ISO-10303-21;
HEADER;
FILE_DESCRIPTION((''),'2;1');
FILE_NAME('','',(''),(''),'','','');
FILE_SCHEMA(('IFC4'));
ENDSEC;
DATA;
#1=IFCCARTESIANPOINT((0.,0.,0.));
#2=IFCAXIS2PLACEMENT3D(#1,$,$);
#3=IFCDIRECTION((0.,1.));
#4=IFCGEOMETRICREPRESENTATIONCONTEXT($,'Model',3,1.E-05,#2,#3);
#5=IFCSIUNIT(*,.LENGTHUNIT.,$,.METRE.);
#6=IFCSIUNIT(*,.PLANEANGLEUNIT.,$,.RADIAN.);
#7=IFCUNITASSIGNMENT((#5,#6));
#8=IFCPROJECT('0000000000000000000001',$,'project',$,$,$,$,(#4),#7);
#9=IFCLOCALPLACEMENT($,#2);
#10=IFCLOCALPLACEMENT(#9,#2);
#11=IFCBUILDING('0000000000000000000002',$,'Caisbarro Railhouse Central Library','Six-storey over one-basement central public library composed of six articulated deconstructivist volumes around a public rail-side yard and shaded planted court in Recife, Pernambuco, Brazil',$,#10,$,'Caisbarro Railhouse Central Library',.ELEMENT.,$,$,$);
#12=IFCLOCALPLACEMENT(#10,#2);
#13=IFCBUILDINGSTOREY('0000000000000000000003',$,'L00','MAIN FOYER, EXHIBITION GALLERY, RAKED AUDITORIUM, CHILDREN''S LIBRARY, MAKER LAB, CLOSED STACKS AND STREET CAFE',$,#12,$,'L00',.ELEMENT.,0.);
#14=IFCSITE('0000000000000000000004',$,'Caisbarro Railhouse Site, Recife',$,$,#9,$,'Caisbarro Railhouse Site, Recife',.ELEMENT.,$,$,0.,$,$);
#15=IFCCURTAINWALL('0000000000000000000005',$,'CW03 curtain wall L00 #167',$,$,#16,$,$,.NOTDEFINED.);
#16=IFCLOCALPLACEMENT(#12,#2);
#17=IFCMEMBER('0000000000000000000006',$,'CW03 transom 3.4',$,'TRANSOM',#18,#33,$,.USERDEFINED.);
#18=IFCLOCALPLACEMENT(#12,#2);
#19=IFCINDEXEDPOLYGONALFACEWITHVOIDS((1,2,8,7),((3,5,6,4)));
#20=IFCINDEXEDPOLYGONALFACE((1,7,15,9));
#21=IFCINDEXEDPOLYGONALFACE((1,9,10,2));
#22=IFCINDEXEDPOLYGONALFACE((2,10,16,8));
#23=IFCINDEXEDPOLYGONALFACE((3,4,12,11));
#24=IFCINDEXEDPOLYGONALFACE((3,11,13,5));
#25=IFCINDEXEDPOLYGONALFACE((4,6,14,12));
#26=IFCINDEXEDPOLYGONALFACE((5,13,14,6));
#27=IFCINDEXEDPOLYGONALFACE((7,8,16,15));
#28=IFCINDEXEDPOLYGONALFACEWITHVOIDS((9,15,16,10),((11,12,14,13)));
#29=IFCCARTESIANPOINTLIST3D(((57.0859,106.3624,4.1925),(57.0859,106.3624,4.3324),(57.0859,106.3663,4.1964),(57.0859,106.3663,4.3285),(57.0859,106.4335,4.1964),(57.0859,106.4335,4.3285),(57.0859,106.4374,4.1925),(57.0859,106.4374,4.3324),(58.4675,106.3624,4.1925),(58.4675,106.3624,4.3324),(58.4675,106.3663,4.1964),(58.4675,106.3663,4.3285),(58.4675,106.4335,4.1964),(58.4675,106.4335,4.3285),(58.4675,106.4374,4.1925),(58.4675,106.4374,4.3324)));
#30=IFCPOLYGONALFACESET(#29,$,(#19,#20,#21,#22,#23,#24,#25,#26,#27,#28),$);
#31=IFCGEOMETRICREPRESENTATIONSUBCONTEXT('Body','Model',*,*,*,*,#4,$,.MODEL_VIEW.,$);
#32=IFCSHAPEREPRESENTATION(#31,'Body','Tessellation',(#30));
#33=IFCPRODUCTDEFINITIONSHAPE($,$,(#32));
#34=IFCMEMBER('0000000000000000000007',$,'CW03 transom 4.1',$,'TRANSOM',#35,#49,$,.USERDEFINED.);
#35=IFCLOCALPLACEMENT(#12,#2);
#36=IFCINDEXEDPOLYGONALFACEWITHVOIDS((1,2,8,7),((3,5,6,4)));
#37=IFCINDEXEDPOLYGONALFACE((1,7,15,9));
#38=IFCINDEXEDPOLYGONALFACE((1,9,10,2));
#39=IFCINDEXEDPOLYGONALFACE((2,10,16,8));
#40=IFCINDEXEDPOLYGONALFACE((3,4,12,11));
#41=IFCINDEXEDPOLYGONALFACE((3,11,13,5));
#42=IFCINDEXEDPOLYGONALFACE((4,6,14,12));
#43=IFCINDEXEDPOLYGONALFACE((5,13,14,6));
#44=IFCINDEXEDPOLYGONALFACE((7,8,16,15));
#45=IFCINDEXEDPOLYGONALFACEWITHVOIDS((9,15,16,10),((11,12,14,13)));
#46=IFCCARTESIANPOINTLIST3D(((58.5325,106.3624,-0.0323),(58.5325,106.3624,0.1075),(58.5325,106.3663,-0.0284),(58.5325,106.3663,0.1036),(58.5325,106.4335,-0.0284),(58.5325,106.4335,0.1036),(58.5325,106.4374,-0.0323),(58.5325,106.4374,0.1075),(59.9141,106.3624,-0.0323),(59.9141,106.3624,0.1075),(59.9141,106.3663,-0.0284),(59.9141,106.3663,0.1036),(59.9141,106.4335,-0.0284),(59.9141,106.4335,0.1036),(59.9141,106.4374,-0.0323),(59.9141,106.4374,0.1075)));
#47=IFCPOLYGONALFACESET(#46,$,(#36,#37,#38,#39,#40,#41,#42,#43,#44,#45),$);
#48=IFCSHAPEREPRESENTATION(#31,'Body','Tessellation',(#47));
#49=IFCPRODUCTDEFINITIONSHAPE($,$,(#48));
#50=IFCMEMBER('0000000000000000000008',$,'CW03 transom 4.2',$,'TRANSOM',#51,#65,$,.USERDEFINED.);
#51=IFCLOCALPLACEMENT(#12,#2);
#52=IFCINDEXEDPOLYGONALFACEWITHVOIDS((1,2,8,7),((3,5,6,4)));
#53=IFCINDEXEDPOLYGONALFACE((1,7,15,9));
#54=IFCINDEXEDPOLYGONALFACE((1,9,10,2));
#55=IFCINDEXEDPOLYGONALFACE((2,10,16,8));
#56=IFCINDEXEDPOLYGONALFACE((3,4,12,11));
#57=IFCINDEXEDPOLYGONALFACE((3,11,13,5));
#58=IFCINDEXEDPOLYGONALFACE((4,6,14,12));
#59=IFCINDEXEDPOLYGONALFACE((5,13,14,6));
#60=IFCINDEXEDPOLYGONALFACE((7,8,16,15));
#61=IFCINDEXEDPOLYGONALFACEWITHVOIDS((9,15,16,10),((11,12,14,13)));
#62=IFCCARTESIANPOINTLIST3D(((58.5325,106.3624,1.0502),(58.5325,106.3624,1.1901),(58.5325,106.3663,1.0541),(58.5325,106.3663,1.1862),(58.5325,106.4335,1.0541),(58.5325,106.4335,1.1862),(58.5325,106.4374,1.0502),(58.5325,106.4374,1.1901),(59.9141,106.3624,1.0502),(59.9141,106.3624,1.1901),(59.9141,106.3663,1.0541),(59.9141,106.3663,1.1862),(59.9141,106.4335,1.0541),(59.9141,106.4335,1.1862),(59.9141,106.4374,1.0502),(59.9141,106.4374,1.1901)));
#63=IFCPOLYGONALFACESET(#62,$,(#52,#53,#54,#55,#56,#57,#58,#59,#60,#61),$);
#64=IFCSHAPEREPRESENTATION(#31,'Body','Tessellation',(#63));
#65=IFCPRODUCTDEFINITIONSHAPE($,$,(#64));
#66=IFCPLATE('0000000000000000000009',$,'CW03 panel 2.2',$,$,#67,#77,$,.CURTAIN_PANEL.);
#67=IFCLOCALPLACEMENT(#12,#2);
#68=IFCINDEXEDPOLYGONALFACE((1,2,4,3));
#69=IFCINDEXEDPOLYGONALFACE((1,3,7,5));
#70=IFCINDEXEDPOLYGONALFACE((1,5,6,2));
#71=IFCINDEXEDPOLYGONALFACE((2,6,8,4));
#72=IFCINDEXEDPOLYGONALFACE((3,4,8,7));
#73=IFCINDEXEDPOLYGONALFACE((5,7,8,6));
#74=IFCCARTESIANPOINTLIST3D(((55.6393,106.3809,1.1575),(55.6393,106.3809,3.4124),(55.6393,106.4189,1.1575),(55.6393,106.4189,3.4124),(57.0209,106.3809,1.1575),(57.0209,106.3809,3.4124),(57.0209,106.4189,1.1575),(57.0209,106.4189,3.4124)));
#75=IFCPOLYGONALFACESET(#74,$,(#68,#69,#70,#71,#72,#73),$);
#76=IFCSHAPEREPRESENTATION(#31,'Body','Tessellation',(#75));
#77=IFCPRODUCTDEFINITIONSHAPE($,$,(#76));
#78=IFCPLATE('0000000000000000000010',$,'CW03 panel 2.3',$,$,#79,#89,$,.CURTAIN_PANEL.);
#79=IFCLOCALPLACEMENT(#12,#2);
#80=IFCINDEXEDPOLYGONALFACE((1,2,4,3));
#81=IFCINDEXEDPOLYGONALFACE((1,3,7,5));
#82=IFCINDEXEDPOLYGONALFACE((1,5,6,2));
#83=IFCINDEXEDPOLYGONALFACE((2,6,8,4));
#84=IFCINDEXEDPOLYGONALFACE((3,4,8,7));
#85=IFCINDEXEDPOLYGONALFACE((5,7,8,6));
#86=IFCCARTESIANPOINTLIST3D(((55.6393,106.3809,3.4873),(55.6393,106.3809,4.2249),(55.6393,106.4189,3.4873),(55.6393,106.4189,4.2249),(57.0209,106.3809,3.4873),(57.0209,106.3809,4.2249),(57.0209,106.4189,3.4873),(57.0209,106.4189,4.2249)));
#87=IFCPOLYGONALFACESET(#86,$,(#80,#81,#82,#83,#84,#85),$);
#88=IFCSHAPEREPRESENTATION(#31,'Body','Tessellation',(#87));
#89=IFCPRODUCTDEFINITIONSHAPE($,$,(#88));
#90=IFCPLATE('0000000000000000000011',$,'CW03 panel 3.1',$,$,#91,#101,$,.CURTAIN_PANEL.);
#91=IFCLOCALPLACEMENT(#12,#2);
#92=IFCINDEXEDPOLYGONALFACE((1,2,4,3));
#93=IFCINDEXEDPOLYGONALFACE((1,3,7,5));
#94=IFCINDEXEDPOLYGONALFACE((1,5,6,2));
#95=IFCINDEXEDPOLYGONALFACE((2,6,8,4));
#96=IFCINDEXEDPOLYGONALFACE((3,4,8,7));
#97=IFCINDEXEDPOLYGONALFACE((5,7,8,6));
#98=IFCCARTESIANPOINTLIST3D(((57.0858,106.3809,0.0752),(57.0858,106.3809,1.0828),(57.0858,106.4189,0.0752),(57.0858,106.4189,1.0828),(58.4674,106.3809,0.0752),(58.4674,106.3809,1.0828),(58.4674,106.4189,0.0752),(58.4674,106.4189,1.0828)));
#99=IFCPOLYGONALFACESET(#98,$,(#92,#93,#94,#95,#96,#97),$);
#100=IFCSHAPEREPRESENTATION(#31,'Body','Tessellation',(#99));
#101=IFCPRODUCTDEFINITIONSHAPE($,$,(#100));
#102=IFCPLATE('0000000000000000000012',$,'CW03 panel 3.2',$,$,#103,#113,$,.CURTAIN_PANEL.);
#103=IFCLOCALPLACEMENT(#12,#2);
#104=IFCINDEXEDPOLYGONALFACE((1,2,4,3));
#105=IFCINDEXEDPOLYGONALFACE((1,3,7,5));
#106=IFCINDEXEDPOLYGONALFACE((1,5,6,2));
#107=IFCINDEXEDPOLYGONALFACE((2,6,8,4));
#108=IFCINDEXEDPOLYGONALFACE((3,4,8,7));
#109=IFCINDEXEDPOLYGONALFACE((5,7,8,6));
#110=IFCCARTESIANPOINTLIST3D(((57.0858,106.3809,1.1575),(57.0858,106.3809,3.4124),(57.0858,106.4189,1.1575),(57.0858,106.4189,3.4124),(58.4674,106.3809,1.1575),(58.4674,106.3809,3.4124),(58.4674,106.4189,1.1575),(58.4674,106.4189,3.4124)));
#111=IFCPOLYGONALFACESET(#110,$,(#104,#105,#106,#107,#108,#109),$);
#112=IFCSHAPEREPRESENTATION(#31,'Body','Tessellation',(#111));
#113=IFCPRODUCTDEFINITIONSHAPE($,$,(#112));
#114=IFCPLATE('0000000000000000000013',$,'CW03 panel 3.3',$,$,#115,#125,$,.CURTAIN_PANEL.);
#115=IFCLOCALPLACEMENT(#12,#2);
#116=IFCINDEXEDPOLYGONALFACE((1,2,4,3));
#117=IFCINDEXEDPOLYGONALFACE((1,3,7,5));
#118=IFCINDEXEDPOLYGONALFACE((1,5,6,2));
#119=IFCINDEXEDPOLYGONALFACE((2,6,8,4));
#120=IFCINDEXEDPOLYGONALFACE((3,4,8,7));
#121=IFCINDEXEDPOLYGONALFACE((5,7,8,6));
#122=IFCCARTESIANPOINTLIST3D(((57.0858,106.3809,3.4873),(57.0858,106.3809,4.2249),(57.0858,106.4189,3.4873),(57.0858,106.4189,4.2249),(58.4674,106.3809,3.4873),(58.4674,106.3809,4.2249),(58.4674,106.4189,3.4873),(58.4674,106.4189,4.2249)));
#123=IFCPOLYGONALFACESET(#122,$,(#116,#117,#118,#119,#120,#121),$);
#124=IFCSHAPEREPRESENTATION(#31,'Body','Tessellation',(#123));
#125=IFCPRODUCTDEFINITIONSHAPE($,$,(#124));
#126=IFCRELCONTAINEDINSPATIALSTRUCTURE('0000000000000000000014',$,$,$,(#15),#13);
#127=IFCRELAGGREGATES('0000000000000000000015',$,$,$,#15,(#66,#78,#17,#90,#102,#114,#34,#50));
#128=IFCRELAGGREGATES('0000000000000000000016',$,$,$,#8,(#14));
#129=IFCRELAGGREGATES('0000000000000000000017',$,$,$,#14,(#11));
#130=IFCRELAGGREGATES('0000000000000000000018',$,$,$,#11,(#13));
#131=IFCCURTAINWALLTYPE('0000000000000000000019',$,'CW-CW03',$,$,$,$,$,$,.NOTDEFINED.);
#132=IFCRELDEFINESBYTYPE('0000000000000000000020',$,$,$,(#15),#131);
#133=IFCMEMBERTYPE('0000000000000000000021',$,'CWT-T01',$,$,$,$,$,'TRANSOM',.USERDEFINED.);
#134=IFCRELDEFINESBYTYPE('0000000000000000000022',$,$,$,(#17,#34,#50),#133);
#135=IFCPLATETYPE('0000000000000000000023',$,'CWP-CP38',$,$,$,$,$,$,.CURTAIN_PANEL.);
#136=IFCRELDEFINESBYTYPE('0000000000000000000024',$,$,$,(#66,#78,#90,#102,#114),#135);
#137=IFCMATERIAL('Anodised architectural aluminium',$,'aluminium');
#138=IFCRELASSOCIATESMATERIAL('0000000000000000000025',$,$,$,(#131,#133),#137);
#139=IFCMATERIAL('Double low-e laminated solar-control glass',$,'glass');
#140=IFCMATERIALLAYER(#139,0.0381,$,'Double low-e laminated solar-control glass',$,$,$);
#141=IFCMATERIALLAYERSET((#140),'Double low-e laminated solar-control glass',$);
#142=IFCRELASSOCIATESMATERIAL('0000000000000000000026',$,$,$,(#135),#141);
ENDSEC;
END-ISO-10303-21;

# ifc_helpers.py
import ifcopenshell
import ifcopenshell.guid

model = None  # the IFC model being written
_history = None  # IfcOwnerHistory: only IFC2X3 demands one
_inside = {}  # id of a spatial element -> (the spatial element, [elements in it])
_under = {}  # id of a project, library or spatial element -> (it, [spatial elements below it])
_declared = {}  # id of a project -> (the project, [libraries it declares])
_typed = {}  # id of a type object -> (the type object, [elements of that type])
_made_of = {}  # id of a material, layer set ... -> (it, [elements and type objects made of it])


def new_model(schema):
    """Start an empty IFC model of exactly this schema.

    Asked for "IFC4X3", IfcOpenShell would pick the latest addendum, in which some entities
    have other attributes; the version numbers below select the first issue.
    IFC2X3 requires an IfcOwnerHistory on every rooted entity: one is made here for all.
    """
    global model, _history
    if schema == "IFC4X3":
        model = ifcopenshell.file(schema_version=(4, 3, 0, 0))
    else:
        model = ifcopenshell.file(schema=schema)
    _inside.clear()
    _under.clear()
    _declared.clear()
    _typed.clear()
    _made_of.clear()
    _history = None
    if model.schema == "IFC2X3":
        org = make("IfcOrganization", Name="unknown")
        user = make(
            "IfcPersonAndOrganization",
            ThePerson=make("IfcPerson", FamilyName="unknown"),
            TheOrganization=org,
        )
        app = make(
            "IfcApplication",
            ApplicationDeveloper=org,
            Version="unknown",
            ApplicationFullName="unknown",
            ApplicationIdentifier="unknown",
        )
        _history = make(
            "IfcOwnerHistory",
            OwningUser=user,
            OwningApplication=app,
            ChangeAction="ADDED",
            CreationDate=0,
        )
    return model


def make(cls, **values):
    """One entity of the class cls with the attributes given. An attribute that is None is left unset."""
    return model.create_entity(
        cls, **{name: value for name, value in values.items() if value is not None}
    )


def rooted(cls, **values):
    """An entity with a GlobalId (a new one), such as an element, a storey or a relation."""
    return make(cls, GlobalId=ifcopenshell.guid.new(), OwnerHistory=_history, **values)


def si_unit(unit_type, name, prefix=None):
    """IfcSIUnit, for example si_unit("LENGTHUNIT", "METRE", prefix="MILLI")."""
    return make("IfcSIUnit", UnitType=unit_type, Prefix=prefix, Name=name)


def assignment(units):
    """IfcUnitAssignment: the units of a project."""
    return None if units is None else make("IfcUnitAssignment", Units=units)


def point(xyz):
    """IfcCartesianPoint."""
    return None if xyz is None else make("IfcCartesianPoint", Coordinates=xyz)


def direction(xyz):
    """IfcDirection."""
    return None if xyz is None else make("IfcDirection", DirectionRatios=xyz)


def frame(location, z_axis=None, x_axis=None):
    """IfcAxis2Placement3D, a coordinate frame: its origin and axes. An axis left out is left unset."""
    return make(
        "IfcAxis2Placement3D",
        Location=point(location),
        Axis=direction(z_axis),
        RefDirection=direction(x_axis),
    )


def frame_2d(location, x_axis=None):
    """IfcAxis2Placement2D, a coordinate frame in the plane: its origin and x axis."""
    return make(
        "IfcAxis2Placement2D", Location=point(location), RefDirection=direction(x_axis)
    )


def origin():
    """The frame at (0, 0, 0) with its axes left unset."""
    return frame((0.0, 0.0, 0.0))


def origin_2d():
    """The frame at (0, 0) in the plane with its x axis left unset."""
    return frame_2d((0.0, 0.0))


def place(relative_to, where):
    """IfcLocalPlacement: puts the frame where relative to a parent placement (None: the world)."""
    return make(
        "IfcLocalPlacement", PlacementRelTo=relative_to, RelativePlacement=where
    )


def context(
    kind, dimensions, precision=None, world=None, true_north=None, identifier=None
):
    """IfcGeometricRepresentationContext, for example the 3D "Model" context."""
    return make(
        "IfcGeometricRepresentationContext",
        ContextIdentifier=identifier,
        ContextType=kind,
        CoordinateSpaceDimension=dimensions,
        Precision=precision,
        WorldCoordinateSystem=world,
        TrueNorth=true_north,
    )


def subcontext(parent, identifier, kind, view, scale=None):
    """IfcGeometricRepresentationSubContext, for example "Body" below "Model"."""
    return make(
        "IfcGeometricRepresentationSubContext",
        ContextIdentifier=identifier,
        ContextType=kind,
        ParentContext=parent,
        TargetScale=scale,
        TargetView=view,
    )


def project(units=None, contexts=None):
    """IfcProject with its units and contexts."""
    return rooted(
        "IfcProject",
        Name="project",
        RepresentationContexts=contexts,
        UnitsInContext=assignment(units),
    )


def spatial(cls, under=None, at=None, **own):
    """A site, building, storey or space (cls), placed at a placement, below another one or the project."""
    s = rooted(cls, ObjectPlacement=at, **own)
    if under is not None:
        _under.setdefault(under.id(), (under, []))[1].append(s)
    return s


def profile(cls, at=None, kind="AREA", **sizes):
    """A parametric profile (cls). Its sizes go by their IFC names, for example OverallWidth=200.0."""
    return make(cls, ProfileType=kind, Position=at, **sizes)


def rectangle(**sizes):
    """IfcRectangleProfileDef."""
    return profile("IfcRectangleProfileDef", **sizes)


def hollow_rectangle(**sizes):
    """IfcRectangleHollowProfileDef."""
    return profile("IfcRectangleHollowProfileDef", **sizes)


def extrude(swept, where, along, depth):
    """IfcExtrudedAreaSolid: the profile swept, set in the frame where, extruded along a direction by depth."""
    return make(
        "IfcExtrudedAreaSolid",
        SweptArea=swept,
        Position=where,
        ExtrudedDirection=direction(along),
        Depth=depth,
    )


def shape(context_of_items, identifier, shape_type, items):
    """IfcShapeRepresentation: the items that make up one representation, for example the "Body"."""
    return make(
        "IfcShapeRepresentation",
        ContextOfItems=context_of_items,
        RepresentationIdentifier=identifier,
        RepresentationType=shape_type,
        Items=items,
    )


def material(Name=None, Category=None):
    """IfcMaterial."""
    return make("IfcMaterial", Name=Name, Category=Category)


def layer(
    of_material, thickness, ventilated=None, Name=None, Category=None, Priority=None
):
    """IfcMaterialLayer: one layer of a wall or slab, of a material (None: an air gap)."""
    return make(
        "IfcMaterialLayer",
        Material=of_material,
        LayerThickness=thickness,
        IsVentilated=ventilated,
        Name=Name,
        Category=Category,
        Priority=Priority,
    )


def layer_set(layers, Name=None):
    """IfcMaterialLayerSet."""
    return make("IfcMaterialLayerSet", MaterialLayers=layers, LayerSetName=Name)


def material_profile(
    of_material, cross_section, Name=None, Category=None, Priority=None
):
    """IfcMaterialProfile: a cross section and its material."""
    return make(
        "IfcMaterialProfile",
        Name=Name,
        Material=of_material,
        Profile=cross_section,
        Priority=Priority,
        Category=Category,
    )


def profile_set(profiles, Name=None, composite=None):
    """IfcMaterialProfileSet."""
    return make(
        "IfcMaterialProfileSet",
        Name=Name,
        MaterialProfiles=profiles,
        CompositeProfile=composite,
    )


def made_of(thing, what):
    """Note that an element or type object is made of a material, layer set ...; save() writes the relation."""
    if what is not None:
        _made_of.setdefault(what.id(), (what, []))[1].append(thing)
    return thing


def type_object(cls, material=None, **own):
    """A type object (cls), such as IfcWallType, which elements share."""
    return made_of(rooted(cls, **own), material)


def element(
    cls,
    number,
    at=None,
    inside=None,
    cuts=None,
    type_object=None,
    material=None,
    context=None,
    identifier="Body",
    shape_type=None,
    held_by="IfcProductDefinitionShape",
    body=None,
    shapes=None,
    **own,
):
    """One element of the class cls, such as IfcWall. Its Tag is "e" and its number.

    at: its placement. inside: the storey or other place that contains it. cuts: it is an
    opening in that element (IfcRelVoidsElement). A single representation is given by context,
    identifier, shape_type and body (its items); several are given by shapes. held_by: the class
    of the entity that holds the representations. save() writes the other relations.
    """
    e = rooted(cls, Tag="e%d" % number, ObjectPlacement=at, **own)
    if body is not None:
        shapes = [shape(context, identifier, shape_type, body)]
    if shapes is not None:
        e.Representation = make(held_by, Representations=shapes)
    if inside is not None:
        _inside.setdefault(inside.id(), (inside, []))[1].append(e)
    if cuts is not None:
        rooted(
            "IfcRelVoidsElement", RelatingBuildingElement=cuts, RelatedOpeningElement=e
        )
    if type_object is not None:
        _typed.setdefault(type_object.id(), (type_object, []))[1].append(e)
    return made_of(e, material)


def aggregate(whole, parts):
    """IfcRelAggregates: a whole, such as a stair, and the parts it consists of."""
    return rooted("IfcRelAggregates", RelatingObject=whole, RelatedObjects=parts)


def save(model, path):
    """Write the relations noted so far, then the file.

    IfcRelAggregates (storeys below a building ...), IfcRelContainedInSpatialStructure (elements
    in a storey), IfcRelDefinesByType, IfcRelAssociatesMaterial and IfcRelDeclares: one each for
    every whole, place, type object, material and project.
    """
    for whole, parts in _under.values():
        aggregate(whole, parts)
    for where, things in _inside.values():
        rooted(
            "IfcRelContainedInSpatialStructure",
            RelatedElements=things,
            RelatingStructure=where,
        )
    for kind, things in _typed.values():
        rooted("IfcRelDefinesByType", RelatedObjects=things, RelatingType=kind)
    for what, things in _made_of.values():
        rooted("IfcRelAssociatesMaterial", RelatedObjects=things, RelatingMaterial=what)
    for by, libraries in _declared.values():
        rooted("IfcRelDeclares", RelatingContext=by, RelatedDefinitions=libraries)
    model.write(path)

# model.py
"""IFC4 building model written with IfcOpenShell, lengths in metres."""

from ifc_helpers import new_model, si_unit, direction, frame, origin, origin_2d, place, context, subcontext, project, spatial, rectangle, hollow_rectangle, extrude, material, layer, layer_set, material_profile, profile_set, type_object, element, aggregate, save


model = new_model("IFC4")

# Units and contexts
model_context = context("Model", 3, precision=1e-05, world=origin(), true_north=direction((0.0, 1.0)))
body_context = subcontext(model_context, "Body", "Model", "MODEL_VIEW")
ifc_project = project(units=[si_unit("LENGTHUNIT", "METRE"), si_unit("PLANEANGLEUNIT", "RADIAN")], contexts=[model_context])

# Site, building, storey
site_placement = place(None, origin())
site = spatial("IfcSite", under=ifc_project, at=site_placement, Name="Caisbarro Railhouse Site, Recife", LongName="Caisbarro Railhouse Site, Recife", CompositionType="ELEMENT", RefElevation=0.0)
building_placement = place(site_placement, origin())
building = spatial("IfcBuilding", under=site, at=building_placement, Name="Caisbarro Railhouse Central Library", Description="Six-storey over one-basement central public library composed of six articulated deconstructivist volumes around a public rail-side yard and shaded planted court in Recife, Pernambuco, Brazil", LongName="Caisbarro Railhouse Central Library", CompositionType="ELEMENT")
storey_placement = place(building_placement, origin())
storey = spatial("IfcBuildingStorey", under=building, at=storey_placement, Name="L00", Description="MAIN FOYER, EXHIBITION GALLERY, RAKED AUDITORIUM, CHILDREN'S LIBRARY, MAKER LAB, CLOSED STACKS AND STREET CAFE", LongName="L00", CompositionType="ELEMENT", Elevation=0.0)

# Curtain wall, members, plates
ifc_material_1 = material(Name="Anodised architectural aluminium", Category="aluminium")
curtain_wall_type = type_object("IfcCurtainWallType", Name="CW-CW03", PredefinedType="NOTDEFINED", material=ifc_material_1)
curtain_wall_placement = place(storey_placement, origin())
curtain_wall = element("IfcCurtainWall", 1, at=curtain_wall_placement, inside=storey, type_object=curtain_wall_type, Name="CW03 curtain wall L00 #167", PredefinedType="NOTDEFINED")
ifc_material_profile_1 = material_profile(ifc_material_1, hollow_rectangle(XDim=0.075, YDim=0.1399, WallThickness=0.0039, at=origin_2d()), Name="ALU-TRN-75X140")
ifc_profile_set_1 = profile_set([ifc_material_profile_1], Name="Anodised architectural aluminium")
member_type_1 = type_object("IfcMemberType", Name="CWT-T01", ElementType="TRANSOM", PredefinedType="USERDEFINED", material=ifc_profile_set_1)
member_1_placement = place(storey_placement, frame((57.0859, 106.3999, 4.2625), z_axis=(1.0, 0.0, 0.0), x_axis=(0.0, 1.0, 0.0)))
member_1 = element("IfcMember", 2, at=member_1_placement, type_object=member_type_1, Name="CW03 transom 3.4", ObjectType="TRANSOM", PredefinedType="USERDEFINED", context=body_context, shape_type="SweptSolid", body=[
    extrude(hollow_rectangle(XDim=0.075, YDim=0.1399, WallThickness=0.0039, at=origin_2d()), origin(), (0.0, 0.0, 1.0), 1.3816),
])
member_2_placement = place(storey_placement, frame((58.5325, 106.3999, 0.0376), z_axis=(1.0, 0.0, 0.0), x_axis=(0.0, 1.0, 0.0)))
member_2 = element("IfcMember", 3, at=member_2_placement, type_object=member_type_1, Name="CW03 transom 4.1", ObjectType="TRANSOM", PredefinedType="USERDEFINED", context=body_context, shape_type="SweptSolid", body=[
    extrude(hollow_rectangle(XDim=0.075, YDim=0.1399, WallThickness=0.0039, at=origin_2d()), origin(), (0.0, 0.0, 1.0), 1.3816),
])
member_3_placement = place(storey_placement, frame((58.5325, 106.3999, 1.1201), z_axis=(1.0, 0.0, 0.0), x_axis=(0.0, 1.0, 0.0)))
member_3 = element("IfcMember", 4, at=member_3_placement, type_object=member_type_1, Name="CW03 transom 4.2", ObjectType="TRANSOM", PredefinedType="USERDEFINED", context=body_context, shape_type="SweptSolid", body=[
    extrude(hollow_rectangle(XDim=0.075, YDim=0.1399, WallThickness=0.0039, at=origin_2d()), origin(), (0.0, 0.0, 1.0), 1.3816),
])
ifc_material_2 = material(Name="Double low-e laminated solar-control glass", Category="glass")
ifc_layer = layer(ifc_material_2, 0.0381, Name="Double low-e laminated solar-control glass")
ifc_layer_set = layer_set([ifc_layer], Name="Double low-e laminated solar-control glass")
plate_type = type_object("IfcPlateType", Name="CWP-CP38", PredefinedType="CURTAIN_PANEL", material=ifc_layer_set)
plate_1_placement = place(storey_placement, frame((56.3301, 106.3999, 1.1575), z_axis=(0.0, 0.0, 1.0), x_axis=(1.0, 0.0, 0.0)))
plate_1 = element("IfcPlate", 5, at=plate_1_placement, type_object=plate_type, Name="CW03 panel 2.2", PredefinedType="CURTAIN_PANEL", context=body_context, shape_type="SweptSolid", body=[
    extrude(rectangle(XDim=1.3816, YDim=0.0381, at=origin_2d()), origin(), (0.0, 0.0, 1.0), 2.2549),
])
plate_2_placement = place(storey_placement, frame((56.3301, 106.3999, 3.4873), z_axis=(0.0, 0.0, 1.0), x_axis=(1.0, 0.0, 0.0)))
plate_2 = element("IfcPlate", 6, at=plate_2_placement, type_object=plate_type, Name="CW03 panel 2.3", PredefinedType="CURTAIN_PANEL", context=body_context, shape_type="SweptSolid", body=[
    extrude(rectangle(XDim=1.3816, YDim=0.0381, at=origin_2d()), origin(), (0.0, 0.0, 1.0), 0.7375),
])
plate_3_placement = place(storey_placement, frame((57.7766, 106.3999, 0.0752), z_axis=(0.0, 0.0, 1.0), x_axis=(1.0, 0.0, 0.0)))
plate_3 = element("IfcPlate", 7, at=plate_3_placement, type_object=plate_type, Name="CW03 panel 3.1", PredefinedType="CURTAIN_PANEL", context=body_context, shape_type="SweptSolid", body=[
    extrude(rectangle(XDim=1.3816, YDim=0.0381, at=origin_2d()), origin(), (0.0, 0.0, 1.0), 1.0076),
])
plate_4_placement = place(storey_placement, frame((57.7766, 106.3999, 1.1575), z_axis=(0.0, 0.0, 1.0), x_axis=(1.0, 0.0, 0.0)))
plate_4 = element("IfcPlate", 8, at=plate_4_placement, type_object=plate_type, Name="CW03 panel 3.2", PredefinedType="CURTAIN_PANEL", context=body_context, shape_type="SweptSolid", body=[
    extrude(rectangle(XDim=1.3816, YDim=0.0381, at=origin_2d()), origin(), (0.0, 0.0, 1.0), 2.2549),
])
plate_5_placement = place(storey_placement, frame((57.7766, 106.3999, 3.4873), z_axis=(0.0, 0.0, 1.0), x_axis=(1.0, 0.0, 0.0)))
plate_5 = element("IfcPlate", 9, at=plate_5_placement, type_object=plate_type, Name="CW03 panel 3.3", PredefinedType="CURTAIN_PANEL", context=body_context, shape_type="SweptSolid", body=[
    extrude(rectangle(XDim=1.3816, YDim=0.0381, at=origin_2d()), origin(), (0.0, 0.0, 1.0), 0.7375),
])
aggregate(curtain_wall, [plate_1, plate_2, member_1, plate_3, plate_4, plate_5, member_2, member_3])

save(model, "model.ifc")
